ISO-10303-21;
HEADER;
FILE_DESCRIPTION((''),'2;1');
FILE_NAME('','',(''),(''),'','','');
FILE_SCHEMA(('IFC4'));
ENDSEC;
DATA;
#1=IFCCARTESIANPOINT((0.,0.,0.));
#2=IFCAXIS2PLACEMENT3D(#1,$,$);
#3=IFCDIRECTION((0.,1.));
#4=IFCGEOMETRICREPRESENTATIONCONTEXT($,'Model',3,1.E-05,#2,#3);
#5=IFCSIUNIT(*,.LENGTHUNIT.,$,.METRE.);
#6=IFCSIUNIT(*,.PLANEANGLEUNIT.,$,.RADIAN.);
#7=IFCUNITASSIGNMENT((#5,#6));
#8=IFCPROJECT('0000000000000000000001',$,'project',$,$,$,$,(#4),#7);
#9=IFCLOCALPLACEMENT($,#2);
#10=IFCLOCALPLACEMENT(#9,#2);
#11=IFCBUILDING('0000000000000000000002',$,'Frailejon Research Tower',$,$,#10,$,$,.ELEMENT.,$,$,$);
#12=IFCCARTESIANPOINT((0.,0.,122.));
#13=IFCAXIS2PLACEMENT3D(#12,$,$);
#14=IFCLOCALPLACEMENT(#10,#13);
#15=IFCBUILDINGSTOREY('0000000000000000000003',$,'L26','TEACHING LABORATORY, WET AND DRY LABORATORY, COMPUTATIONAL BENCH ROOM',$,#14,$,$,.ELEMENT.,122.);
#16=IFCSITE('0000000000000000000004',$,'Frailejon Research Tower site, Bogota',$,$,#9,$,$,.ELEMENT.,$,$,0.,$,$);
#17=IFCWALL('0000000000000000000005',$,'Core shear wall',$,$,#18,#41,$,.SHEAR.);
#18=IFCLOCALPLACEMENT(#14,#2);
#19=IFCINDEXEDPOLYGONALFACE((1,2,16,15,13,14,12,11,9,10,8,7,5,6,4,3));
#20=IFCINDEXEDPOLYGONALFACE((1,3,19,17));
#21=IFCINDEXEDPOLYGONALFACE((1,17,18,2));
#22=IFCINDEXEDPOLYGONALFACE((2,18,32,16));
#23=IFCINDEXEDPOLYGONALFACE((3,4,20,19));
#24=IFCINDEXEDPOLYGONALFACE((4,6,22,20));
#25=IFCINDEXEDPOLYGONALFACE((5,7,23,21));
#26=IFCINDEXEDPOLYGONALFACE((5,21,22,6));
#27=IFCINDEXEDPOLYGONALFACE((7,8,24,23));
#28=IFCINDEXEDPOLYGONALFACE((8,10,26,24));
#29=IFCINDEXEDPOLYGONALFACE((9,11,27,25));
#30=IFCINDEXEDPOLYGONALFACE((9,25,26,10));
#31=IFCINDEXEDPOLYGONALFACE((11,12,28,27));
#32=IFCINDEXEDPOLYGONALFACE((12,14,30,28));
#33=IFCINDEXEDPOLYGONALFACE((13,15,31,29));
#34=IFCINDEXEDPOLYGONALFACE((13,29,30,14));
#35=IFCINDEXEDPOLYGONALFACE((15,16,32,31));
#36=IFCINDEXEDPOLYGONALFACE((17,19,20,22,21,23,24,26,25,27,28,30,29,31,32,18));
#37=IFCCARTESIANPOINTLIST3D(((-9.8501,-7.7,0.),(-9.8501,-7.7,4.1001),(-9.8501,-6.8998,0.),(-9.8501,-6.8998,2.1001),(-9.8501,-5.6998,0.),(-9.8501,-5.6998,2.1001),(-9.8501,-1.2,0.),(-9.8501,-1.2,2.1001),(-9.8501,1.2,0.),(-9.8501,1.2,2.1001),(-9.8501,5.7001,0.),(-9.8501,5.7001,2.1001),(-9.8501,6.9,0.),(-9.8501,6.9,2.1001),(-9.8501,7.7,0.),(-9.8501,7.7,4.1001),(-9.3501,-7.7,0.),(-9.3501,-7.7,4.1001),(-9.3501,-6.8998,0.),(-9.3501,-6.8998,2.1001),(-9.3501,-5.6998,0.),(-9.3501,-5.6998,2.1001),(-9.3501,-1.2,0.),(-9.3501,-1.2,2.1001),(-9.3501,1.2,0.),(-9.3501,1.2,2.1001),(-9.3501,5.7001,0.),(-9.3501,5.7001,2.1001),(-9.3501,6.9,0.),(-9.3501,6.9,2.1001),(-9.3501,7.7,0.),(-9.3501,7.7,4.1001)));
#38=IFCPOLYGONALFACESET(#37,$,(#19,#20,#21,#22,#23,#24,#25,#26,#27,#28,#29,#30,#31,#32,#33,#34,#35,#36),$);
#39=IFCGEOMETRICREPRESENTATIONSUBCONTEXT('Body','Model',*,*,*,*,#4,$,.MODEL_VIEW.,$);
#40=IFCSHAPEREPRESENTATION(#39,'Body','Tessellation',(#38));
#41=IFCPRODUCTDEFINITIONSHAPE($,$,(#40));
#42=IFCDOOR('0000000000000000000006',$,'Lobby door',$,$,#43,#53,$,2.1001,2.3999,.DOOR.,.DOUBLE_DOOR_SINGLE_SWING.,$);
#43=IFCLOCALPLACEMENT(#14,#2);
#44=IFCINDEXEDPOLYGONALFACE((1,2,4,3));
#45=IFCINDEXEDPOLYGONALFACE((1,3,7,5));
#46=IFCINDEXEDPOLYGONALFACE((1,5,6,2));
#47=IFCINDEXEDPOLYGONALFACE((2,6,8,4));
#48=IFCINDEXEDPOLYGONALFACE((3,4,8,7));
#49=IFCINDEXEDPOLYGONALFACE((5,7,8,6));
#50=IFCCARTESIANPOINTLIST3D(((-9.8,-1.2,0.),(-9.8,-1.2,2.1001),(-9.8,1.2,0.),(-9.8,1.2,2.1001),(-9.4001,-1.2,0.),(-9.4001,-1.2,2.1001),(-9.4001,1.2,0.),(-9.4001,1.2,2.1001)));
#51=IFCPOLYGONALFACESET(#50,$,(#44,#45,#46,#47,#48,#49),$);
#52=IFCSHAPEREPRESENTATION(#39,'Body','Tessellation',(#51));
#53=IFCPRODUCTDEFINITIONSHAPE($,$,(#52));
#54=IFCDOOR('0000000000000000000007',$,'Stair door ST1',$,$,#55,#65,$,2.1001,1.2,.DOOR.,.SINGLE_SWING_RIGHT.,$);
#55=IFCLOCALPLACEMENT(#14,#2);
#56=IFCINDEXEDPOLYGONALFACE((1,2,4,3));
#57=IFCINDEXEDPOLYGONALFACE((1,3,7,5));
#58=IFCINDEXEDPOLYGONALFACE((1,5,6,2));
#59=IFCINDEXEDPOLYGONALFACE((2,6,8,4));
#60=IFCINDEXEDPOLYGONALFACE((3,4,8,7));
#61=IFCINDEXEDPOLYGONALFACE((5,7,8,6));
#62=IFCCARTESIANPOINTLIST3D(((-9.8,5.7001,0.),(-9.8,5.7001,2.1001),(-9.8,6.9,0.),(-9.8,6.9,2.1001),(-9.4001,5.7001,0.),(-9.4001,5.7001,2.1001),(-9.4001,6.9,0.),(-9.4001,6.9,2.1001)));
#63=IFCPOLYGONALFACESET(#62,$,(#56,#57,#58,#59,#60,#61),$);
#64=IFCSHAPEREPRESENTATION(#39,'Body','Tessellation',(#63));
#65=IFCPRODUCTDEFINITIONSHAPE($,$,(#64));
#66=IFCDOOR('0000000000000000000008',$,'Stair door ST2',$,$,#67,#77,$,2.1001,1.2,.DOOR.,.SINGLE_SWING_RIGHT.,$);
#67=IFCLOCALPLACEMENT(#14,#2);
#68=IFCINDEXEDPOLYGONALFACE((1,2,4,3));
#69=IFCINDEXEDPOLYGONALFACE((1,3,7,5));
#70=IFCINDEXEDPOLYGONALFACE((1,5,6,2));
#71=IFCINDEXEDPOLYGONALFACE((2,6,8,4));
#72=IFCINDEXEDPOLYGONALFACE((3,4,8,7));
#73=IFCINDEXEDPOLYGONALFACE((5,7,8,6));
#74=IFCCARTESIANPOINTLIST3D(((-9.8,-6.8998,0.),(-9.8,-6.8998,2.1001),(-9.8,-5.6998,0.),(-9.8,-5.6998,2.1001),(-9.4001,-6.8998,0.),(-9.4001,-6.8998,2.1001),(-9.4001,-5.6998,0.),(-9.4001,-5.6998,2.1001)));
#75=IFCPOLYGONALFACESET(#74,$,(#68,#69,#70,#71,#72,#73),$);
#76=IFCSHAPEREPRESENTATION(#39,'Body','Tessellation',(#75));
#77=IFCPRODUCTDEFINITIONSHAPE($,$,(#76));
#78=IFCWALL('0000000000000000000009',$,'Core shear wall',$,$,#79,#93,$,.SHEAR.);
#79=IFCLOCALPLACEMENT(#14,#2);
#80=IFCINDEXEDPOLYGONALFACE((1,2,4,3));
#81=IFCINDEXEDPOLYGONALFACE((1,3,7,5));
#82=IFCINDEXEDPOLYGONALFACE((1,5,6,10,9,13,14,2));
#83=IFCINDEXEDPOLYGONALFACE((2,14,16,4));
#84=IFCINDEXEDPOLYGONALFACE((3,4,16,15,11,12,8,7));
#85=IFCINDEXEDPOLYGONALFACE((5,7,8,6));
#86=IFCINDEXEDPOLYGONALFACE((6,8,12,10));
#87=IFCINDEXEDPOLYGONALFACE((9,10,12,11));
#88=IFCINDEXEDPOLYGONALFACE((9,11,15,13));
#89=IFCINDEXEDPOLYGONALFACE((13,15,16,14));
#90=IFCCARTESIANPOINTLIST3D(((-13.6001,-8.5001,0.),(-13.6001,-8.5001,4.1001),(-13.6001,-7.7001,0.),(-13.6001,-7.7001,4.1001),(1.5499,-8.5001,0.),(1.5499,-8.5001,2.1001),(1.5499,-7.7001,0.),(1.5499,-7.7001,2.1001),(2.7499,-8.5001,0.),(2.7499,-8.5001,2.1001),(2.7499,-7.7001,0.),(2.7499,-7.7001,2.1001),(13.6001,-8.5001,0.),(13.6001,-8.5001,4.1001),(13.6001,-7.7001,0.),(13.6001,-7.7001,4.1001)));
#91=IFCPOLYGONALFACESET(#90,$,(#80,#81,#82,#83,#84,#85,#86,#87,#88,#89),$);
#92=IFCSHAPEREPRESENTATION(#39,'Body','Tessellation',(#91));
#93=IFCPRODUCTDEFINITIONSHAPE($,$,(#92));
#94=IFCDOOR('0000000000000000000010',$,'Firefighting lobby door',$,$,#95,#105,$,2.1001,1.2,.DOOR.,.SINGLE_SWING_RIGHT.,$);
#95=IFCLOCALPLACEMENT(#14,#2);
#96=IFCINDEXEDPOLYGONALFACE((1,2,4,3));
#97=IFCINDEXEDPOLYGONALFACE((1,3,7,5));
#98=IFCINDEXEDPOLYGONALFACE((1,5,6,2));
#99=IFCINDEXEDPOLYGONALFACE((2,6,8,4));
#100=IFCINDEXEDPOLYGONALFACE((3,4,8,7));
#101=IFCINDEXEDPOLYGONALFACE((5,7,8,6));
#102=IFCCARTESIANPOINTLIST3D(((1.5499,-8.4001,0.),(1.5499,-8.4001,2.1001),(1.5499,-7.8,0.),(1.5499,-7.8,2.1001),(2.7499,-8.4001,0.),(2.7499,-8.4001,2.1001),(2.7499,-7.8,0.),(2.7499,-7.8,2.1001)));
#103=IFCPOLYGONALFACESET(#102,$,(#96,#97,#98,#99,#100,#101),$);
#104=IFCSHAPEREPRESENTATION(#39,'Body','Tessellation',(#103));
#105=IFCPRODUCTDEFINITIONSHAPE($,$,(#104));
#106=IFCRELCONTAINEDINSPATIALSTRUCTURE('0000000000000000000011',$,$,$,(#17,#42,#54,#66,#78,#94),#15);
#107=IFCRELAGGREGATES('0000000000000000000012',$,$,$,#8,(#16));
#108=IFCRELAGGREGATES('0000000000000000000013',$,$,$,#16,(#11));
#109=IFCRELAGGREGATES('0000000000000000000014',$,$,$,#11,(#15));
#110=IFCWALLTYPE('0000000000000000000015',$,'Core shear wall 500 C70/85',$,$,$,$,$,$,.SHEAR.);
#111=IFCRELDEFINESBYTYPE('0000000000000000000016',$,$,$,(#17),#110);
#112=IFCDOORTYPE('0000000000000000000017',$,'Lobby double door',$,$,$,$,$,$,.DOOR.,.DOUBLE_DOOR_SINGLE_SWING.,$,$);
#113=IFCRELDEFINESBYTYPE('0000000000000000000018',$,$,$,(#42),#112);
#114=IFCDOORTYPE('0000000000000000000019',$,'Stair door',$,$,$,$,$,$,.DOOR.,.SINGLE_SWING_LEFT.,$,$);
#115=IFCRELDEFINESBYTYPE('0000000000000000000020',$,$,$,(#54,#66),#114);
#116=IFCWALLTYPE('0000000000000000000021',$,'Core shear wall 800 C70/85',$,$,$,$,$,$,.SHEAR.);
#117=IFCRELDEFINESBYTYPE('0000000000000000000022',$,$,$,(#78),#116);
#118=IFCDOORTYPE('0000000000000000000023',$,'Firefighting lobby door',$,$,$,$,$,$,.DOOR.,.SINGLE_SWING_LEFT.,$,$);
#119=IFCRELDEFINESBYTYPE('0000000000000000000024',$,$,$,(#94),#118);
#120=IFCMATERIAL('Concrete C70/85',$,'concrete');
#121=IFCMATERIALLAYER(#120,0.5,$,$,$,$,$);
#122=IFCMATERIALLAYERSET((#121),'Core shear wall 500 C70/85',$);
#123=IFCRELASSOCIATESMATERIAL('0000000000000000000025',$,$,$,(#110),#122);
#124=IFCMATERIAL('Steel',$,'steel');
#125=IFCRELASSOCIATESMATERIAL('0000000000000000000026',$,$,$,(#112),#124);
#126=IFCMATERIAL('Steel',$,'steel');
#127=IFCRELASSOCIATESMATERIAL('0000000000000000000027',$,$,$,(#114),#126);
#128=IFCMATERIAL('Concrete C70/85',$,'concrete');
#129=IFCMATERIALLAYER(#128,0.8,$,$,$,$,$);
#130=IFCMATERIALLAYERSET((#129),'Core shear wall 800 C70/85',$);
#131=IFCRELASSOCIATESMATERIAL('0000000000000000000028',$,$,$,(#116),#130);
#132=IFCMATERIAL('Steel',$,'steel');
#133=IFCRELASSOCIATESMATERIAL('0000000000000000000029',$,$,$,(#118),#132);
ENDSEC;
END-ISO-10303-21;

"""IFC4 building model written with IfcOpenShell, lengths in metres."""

from ifc_helpers import new_model, si_unit, direction, frame, frame_2d, origin, place, context, subcontext, project, spatial, rectangle, extrude, material, layer, layer_set, type_object, element, fill, save


model = new_model("IFC4")

# Units and contexts
model_context = context("Model", 3, precision=1e-05, world=origin(), true_north=direction((0.0, 1.0)))
body_context = subcontext(model_context, "Body", "Model", "MODEL_VIEW")
ifc_project = project(units=[si_unit("LENGTHUNIT", "METRE"), si_unit("PLANEANGLEUNIT", "RADIAN")], contexts=[model_context])

# Site, building, storey
site_placement = place(None, origin())
site = spatial("IfcSite", under=ifc_project, at=site_placement, Name="Frailejon Research Tower site, Bogota", CompositionType="ELEMENT", RefElevation=0.0)
building_placement = place(site_placement, origin())
building = spatial("IfcBuilding", under=site, at=building_placement, Name="Frailejon Research Tower", CompositionType="ELEMENT")
storey_placement = place(building_placement, frame((0.0, 0.0, 122.0)))
storey = spatial("IfcBuildingStorey", under=building, at=storey_placement, Name="L26", Description="TEACHING LABORATORY, WET AND DRY LABORATORY, COMPUTATIONAL BENCH ROOM", CompositionType="ELEMENT", Elevation=122.0)

# Wall, openings, doors
ifc_material_1 = material(Name="Concrete C70/85", Category="concrete")
ifc_layer_1 = layer(ifc_material_1, 0.5)
ifc_layer_set_1 = layer_set([ifc_layer_1], Name="Core shear wall 500 C70/85")
wall_type_1 = type_object("IfcWallType", Name="Core shear wall 500 C70/85", PredefinedType="SHEAR", material=ifc_layer_set_1)
wall_1_placement = place(storey_placement, frame((-9.6001, -7.7, 0.0), z_axis=(0.0, 0.0, 1.0), x_axis=(0.0, 1.0, 0.0)))
wall_1 = element("IfcWall", 1, at=wall_1_placement, inside=storey, type_object=wall_type_1, Name="Core shear wall", PredefinedType="SHEAR", context=body_context, shape_type="SweptSolid", body=[
    extrude(rectangle(XDim=15.3999, YDim=0.5, at=frame_2d((7.7, 0.0))), origin(), (0.0, 0.0, 1.0), 4.1001),
])
opening_1_placement = place(wall_1_placement, frame((6.5, 0.0, 0.0)))
opening_1 = element("IfcOpeningElement", 2, at=opening_1_placement, cuts=wall_1, PredefinedType="OPENING", context=body_context, shape_type="SweptSolid", body=[
    extrude(rectangle(XDim=2.3999, YDim=2.1001, at=frame_2d((1.2, 1.05))), frame((0.0, 0.26, 0.0), z_axis=(0.0, -1.0, 0.0), x_axis=(1.0, 0.0, 0.0)), (0.0, 0.0, 1.0), 0.52),
])
opening_2_placement = place(wall_1_placement, frame((13.3999, 0.0, 0.0)))
opening_2 = element("IfcOpeningElement", 3, at=opening_2_placement, cuts=wall_1, PredefinedType="OPENING", context=body_context, shape_type="SweptSolid", body=[
    extrude(rectangle(XDim=1.2, YDim=2.1001, at=frame_2d((0.6001, 1.05))), frame((0.0, 0.26, 0.0), z_axis=(0.0, -1.0, 0.0), x_axis=(1.0, 0.0, 0.0)), (0.0, 0.0, 1.0), 0.52),
])
opening_3_placement = place(wall_1_placement, frame((0.8, 0.0, 0.0)))
opening_3 = element("IfcOpeningElement", 4, at=opening_3_placement, cuts=wall_1, PredefinedType="OPENING", context=body_context, shape_type="SweptSolid", body=[
    extrude(rectangle(XDim=1.2, YDim=2.1001, at=frame_2d((0.6001, 1.05))), frame((0.0, 0.26, 0.0), z_axis=(0.0, -1.0, 0.0), x_axis=(1.0, 0.0, 0.0)), (0.0, 0.0, 1.0), 0.52),
])
ifc_material_2 = material(Name="Steel", Category="steel")
door_type_1 = type_object("IfcDoorType", Name="Lobby double door", OperationType="DOUBLE_DOOR_SINGLE_SWING", PredefinedType="DOOR", material=ifc_material_2)
door_1_placement = place(opening_1_placement, origin())
door_1 = element("IfcDoor", 5, at=door_1_placement, inside=storey, type_object=door_type_1, Name="Lobby door", OperationType="DOUBLE_DOOR_SINGLE_SWING", OverallHeight=2.1001, OverallWidth=2.3999, PredefinedType="DOOR", context=body_context, shape_type="SweptSolid", body=[
    extrude(rectangle(XDim=2.3999, YDim=2.1001, at=frame_2d((1.2, 1.05))), frame((0.0, 0.2, 0.0), z_axis=(0.0, -1.0, 0.0), x_axis=(1.0, 0.0, 0.0)), (0.0, 0.0, 1.0), 0.3999),
])
fill(opening_1, door_1)
ifc_material_3 = material(Name="Steel", Category="steel")
door_type_2 = type_object("IfcDoorType", Name="Stair door", OperationType="SINGLE_SWING_LEFT", PredefinedType="DOOR", material=ifc_material_3)
door_2_placement = place(opening_2_placement, origin())
door_2 = element("IfcDoor", 6, at=door_2_placement, inside=storey, type_object=door_type_2, Name="Stair door ST1", OperationType="SINGLE_SWING_RIGHT", OverallHeight=2.1001, OverallWidth=1.2, PredefinedType="DOOR", context=body_context, shape_type="SweptSolid", body=[
    extrude(rectangle(XDim=1.2, YDim=2.1001, at=frame_2d((0.6001, 1.05))), frame((0.0, 0.2, 0.0), z_axis=(0.0, -1.0, 0.0), x_axis=(1.0, 0.0, 0.0)), (0.0, 0.0, 1.0), 0.3999),
])
fill(opening_2, door_2)
door_3_placement = place(opening_3_placement, origin())
door_3 = element("IfcDoor", 7, at=door_3_placement, inside=storey, type_object=door_type_2, Name="Stair door ST2", OperationType="SINGLE_SWING_RIGHT", OverallHeight=2.1001, OverallWidth=1.2, PredefinedType="DOOR", context=body_context, shape_type="SweptSolid", body=[
    extrude(rectangle(XDim=1.2, YDim=2.1001, at=frame_2d((0.6001, 1.05))), frame((0.0, 0.2, 0.0), z_axis=(0.0, -1.0, 0.0), x_axis=(1.0, 0.0, 0.0)), (0.0, 0.0, 1.0), 0.3999),
])
fill(opening_3, door_3)

# Wall, opening, door
ifc_material_4 = material(Name="Concrete C70/85", Category="concrete")
ifc_layer_2 = layer(ifc_material_4, 0.8)
ifc_layer_set_2 = layer_set([ifc_layer_2], Name="Core shear wall 800 C70/85")
wall_type_2 = type_object("IfcWallType", Name="Core shear wall 800 C70/85", PredefinedType="SHEAR", material=ifc_layer_set_2)
wall_2_placement = place(storey_placement, frame((-13.6001, -8.1001, 0.0), z_axis=(0.0, 0.0, 1.0), x_axis=(1.0, 0.0, 0.0)))
wall_2 = element("IfcWall", 8, at=wall_2_placement, inside=storey, type_object=wall_type_2, Name="Core shear wall", PredefinedType="SHEAR", context=body_context, shape_type="SweptSolid", body=[
    extrude(rectangle(XDim=27.2002, YDim=0.8, at=frame_2d((13.6001, 0.0))), origin(), (0.0, 0.0, 1.0), 4.1001),
])
opening_4_placement = place(wall_2_placement, frame((15.1499, 0.0, 0.0)))
opening_4 = element("IfcOpeningElement", 9, at=opening_4_placement, cuts=wall_2, PredefinedType="OPENING", context=body_context, shape_type="SweptSolid", body=[
    extrude(rectangle(XDim=1.2, YDim=2.1001, at=frame_2d((0.6001, 1.05))), frame((0.0, 0.4099, 0.0), z_axis=(0.0, -1.0, 0.0), x_axis=(1.0, 0.0, 0.0)), (0.0, 0.0, 1.0), 0.8201),
])
ifc_material_5 = material(Name="Steel", Category="steel")
door_type_3 = type_object("IfcDoorType", Name="Firefighting lobby door", OperationType="SINGLE_SWING_LEFT", PredefinedType="DOOR", material=ifc_material_5)
door_4_placement = place(opening_4_placement, origin())
door_4 = element("IfcDoor", 10, at=door_4_placement, inside=storey, type_object=door_type_3, Name="Firefighting lobby door", OperationType="SINGLE_SWING_RIGHT", OverallHeight=2.1001, OverallWidth=1.2, PredefinedType="DOOR", context=body_context, shape_type="SweptSolid", body=[
    extrude(rectangle(XDim=1.2, YDim=2.1001, at=frame_2d((0.6001, 1.05))), frame((0.0, 0.3, 0.0), z_axis=(0.0, -1.0, 0.0), x_axis=(1.0, 0.0, 0.0)), (0.0, 0.0, 1.0), 0.6001),
])
fill(opening_4, door_4)

save(model, "model.ifc")
